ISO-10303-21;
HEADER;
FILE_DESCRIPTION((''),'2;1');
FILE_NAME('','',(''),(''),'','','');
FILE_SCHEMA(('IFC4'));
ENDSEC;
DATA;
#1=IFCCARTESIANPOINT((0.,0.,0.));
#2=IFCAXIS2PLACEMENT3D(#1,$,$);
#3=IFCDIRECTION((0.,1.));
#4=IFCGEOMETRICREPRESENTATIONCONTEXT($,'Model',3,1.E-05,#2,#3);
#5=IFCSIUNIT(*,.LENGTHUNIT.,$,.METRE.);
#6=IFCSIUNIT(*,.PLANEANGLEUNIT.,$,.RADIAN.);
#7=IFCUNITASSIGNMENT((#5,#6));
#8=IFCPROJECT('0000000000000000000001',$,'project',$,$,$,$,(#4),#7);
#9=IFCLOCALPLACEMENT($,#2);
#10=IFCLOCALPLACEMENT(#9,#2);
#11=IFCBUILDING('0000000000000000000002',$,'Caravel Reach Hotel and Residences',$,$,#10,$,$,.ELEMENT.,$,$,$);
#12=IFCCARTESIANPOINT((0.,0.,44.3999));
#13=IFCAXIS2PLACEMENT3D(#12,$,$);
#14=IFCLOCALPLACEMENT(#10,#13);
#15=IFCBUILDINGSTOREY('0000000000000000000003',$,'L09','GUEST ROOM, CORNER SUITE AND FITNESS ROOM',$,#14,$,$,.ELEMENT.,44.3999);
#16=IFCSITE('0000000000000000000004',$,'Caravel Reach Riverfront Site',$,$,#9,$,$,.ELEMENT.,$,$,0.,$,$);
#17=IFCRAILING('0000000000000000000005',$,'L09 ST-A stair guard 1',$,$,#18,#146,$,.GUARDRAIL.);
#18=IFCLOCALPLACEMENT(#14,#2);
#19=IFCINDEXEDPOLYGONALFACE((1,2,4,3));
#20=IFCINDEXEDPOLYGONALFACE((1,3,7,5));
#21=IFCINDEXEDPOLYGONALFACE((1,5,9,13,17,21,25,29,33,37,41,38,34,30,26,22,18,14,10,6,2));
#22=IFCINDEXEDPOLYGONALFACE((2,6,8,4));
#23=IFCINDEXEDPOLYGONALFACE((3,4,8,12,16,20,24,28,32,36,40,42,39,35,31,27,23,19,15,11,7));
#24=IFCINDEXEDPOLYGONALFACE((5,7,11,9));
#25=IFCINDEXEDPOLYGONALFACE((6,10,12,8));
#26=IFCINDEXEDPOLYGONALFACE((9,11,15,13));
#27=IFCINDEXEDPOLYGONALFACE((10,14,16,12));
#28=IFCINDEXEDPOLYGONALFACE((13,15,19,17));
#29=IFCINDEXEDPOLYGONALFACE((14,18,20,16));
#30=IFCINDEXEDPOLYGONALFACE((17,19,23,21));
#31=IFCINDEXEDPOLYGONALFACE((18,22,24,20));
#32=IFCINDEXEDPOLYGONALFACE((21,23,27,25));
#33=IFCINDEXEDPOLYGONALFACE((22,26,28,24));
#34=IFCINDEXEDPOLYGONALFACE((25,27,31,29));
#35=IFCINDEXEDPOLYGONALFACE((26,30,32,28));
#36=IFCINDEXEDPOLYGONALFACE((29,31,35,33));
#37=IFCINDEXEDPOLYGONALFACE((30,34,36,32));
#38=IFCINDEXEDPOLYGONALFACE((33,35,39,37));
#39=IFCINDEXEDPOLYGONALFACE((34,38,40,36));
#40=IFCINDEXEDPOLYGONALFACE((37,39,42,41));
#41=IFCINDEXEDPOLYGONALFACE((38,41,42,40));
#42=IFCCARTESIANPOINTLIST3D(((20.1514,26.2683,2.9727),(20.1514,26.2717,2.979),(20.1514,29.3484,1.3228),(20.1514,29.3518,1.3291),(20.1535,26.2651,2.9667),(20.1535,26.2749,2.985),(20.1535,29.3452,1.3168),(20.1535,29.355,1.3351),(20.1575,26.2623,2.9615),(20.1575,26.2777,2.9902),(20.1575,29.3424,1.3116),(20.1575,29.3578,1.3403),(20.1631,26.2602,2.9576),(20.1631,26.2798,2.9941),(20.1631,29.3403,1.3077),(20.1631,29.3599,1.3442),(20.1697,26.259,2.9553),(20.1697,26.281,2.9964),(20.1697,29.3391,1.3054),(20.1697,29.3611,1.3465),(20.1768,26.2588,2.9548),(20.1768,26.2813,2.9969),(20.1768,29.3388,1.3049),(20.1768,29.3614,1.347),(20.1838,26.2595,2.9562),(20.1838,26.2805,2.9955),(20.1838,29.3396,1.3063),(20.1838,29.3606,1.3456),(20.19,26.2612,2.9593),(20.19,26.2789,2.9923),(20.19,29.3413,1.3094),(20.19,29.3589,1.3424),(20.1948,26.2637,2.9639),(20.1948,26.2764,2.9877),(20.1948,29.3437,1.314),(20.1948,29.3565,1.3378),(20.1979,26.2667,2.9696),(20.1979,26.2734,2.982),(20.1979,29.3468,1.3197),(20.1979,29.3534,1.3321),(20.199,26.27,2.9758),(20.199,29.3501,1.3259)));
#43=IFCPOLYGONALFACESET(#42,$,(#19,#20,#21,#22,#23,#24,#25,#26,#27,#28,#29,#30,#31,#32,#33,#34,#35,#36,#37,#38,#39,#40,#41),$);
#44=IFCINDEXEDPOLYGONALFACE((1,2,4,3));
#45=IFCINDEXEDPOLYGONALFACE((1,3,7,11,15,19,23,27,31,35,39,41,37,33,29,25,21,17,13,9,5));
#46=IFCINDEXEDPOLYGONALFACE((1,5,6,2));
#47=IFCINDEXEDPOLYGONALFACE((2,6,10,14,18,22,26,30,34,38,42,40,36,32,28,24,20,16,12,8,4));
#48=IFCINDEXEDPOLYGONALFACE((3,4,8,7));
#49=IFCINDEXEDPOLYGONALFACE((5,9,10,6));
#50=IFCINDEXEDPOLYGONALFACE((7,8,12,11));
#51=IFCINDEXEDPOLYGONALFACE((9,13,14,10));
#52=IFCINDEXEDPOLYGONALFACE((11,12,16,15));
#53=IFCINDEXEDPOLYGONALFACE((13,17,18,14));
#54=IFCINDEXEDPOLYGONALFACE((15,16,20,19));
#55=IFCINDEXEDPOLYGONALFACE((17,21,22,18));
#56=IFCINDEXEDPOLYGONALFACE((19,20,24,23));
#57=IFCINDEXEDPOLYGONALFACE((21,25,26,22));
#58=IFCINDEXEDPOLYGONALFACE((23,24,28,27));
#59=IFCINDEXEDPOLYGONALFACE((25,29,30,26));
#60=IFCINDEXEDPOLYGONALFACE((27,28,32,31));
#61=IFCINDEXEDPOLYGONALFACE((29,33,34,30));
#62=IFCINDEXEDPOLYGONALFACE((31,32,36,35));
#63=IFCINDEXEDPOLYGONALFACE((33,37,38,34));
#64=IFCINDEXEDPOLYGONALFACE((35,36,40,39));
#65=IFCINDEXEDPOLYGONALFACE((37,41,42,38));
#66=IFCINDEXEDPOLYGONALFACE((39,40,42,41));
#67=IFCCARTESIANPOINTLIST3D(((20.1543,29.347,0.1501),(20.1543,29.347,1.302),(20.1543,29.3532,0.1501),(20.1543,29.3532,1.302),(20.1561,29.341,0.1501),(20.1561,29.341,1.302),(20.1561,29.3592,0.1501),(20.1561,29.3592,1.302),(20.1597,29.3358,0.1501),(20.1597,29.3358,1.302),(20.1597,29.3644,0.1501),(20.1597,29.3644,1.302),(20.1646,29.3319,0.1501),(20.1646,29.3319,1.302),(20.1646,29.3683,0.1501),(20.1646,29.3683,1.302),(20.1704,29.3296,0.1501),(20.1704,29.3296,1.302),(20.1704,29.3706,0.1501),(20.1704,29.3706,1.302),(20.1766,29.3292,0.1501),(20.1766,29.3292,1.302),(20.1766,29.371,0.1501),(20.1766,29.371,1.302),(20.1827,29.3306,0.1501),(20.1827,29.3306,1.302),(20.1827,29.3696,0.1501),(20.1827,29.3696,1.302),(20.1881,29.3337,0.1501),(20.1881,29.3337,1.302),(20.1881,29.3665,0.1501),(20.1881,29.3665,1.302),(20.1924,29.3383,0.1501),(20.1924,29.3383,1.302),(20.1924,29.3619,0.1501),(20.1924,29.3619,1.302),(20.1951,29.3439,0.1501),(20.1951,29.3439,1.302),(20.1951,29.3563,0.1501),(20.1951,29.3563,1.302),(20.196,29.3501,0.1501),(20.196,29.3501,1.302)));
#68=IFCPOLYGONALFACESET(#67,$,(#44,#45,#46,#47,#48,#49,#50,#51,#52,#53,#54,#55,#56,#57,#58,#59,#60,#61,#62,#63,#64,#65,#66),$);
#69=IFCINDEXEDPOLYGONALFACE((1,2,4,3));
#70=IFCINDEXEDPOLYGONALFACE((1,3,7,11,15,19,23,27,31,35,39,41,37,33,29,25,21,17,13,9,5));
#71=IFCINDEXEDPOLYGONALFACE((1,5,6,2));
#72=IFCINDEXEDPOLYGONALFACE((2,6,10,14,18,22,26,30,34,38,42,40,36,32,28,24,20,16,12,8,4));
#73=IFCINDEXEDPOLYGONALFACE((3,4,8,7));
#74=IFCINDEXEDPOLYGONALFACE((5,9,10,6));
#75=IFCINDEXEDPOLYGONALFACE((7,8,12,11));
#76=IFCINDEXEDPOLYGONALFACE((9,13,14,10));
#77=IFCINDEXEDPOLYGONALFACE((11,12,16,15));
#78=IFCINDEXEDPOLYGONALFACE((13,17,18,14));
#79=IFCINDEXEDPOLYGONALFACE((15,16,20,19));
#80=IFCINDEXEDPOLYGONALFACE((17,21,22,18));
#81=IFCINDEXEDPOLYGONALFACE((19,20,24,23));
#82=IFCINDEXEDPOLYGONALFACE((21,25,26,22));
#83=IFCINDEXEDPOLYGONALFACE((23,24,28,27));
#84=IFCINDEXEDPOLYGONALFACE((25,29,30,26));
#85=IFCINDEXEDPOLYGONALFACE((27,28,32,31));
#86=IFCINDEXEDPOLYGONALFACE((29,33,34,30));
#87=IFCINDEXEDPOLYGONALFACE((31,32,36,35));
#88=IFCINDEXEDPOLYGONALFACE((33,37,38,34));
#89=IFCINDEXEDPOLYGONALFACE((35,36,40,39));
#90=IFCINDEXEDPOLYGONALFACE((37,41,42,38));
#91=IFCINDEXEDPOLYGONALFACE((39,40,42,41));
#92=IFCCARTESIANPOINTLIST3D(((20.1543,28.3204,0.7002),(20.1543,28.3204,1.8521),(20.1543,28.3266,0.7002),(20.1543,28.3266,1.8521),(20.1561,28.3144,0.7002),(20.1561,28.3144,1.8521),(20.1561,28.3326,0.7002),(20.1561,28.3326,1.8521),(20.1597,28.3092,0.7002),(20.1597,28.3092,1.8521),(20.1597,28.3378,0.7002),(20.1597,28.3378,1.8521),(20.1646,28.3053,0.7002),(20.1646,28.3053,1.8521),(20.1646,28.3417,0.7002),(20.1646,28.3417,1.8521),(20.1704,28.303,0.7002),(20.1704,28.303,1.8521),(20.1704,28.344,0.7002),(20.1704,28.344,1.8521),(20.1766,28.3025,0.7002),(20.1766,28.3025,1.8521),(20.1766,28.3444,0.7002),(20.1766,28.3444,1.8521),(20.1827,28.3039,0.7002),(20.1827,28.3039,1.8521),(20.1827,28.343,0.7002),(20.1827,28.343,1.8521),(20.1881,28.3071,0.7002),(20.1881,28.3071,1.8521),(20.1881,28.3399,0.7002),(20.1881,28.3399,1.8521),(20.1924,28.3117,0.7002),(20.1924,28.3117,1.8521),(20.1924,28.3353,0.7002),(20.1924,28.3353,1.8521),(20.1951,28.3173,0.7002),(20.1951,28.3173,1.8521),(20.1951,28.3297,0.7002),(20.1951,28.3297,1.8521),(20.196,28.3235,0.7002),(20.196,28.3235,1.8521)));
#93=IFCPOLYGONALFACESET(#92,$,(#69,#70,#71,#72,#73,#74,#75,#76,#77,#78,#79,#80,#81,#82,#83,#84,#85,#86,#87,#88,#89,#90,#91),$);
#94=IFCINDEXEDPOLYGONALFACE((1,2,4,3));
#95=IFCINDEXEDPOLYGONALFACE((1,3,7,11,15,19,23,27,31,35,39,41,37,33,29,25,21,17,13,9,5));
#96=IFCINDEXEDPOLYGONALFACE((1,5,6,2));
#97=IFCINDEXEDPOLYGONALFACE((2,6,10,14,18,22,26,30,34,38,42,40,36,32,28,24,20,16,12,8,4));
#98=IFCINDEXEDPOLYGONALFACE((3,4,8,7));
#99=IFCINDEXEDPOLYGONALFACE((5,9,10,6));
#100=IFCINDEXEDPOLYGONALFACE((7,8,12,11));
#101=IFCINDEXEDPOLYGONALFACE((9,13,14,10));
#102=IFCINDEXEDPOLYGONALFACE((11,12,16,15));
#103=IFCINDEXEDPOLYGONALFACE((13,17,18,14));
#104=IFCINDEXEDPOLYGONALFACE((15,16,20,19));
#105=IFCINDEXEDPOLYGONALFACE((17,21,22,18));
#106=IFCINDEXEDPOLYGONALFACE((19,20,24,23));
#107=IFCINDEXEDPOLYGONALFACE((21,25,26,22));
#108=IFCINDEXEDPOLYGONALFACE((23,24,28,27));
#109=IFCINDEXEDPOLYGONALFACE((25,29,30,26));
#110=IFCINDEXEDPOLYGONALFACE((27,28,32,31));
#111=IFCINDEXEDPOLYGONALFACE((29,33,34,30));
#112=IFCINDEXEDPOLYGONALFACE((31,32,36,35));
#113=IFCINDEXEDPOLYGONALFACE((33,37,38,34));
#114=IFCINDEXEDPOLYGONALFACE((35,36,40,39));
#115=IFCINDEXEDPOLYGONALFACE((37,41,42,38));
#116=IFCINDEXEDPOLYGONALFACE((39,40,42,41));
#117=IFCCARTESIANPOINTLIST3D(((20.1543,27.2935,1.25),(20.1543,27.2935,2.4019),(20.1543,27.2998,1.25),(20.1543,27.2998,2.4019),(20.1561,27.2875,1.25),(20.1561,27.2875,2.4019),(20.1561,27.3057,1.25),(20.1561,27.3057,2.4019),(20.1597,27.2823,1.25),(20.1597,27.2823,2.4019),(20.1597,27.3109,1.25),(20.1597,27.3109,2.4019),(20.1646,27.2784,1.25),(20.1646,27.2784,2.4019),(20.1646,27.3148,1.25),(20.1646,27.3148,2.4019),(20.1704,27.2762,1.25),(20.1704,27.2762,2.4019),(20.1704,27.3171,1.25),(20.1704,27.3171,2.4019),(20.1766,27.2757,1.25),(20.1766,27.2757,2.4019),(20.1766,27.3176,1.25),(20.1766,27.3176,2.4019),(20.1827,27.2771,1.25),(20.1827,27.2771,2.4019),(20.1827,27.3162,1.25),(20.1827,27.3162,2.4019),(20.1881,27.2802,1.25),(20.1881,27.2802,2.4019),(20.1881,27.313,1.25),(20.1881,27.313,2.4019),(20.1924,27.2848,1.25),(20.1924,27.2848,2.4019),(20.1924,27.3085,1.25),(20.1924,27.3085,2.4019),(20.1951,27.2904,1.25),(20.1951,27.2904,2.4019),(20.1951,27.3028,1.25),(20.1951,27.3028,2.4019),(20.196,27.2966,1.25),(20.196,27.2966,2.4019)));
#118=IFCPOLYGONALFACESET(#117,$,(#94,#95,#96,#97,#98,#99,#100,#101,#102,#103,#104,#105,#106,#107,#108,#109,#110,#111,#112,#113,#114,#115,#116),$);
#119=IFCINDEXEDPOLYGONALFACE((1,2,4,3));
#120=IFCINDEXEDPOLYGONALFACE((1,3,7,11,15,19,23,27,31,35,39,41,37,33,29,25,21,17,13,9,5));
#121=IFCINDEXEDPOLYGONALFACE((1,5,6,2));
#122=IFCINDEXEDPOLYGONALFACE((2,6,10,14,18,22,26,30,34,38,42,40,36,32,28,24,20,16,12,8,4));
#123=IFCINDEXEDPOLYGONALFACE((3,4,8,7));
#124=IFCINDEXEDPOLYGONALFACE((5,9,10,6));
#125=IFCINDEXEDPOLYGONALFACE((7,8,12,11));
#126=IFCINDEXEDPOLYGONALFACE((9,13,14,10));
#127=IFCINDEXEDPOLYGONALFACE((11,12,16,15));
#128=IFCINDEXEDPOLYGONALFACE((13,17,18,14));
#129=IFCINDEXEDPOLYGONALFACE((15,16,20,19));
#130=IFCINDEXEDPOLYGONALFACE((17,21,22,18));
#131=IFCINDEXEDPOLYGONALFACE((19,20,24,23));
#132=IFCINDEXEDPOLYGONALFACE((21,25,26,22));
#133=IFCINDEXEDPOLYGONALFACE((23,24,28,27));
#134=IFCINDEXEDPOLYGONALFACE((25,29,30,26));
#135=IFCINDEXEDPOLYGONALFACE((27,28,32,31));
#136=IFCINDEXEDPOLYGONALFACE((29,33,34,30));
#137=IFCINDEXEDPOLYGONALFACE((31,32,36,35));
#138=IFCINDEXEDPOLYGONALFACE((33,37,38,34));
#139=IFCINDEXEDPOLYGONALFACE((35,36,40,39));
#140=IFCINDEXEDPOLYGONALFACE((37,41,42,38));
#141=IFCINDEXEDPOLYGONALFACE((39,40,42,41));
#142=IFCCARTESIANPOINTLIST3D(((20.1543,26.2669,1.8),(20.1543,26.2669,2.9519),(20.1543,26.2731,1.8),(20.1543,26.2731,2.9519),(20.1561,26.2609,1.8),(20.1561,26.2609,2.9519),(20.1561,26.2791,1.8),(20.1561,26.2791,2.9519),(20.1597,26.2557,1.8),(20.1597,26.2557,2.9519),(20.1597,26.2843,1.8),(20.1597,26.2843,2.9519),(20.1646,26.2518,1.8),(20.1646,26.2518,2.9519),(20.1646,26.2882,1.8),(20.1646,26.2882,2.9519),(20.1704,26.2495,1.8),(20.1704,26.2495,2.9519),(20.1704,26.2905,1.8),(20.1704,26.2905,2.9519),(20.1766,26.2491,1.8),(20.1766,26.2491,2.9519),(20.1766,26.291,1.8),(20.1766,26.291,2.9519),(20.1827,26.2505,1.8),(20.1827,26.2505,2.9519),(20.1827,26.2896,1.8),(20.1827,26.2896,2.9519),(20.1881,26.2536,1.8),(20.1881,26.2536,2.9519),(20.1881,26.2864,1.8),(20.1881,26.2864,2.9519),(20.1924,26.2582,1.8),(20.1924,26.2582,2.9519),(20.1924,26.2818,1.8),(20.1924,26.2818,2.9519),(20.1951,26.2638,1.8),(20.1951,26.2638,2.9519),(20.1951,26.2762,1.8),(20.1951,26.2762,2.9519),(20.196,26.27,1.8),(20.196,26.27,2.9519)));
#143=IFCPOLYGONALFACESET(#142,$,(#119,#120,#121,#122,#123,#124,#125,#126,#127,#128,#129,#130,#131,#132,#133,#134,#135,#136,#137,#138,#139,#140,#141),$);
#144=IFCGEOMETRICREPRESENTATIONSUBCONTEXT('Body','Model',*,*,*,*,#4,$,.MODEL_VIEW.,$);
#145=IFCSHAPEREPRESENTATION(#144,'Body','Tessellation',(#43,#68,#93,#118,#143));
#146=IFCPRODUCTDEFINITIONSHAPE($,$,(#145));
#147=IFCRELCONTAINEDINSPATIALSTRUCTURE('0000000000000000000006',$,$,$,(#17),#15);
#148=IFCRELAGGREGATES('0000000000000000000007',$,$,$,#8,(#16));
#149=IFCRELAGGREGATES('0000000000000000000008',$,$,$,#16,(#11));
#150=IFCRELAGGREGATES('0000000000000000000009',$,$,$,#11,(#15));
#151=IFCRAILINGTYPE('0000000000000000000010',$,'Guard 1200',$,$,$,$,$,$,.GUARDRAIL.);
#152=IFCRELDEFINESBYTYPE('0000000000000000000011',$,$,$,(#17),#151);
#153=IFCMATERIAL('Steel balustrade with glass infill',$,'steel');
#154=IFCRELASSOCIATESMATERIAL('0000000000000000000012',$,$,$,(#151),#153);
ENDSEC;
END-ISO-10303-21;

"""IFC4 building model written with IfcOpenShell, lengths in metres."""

from ifc_helpers import new_model, si_unit, direction, frame, origin, origin_2d, place, context, subcontext, project, spatial, circle, extrude, material, type_object, element, save


model = new_model("IFC4")

# Units and contexts
model_context = context("Model", 3, precision=1e-05, world=origin(), true_north=direction((0.0, 1.0)))
body_context = subcontext(model_context, "Body", "Model", "MODEL_VIEW")
ifc_project = project(units=[si_unit("LENGTHUNIT", "METRE"), si_unit("PLANEANGLEUNIT", "RADIAN")], contexts=[model_context])

# Site, building, storey
site_placement = place(None, origin())
site = spatial("IfcSite", under=ifc_project, at=site_placement, Name="Caravel Reach Riverfront Site", CompositionType="ELEMENT", RefElevation=0.0)
building_placement = place(site_placement, origin())
building = spatial("IfcBuilding", under=site, at=building_placement, Name="Caravel Reach Hotel and Residences", CompositionType="ELEMENT")
storey_placement = place(building_placement, frame((0.0, 0.0, 44.3999)))
storey = spatial("IfcBuildingStorey", under=building, at=storey_placement, Name="L09", Description="GUEST ROOM, CORNER SUITE AND FITNESS ROOM", CompositionType="ELEMENT", Elevation=44.3999)

# Railing
ifc_material_1 = material(Name="Steel balustrade with glass infill", Category="steel")
railing_type_1 = type_object("IfcRailingType", Name="Guard 1200", PredefinedType="GUARDRAIL", material=ifc_material_1)
railing_1_placement = place(storey_placement, frame((20.175, 29.3501, 0.1501)))
element("IfcRailing", 1, at=railing_1_placement, inside=storey, type_object=railing_type_1, Name="L09 ST-A stair guard 1", PredefinedType="GUARDRAIL", context=body_context, shape_type="SweptSolid", body=[
    extrude(circle(Radius=0.0239, at=origin_2d()), frame((0.0, 0.0, 1.1758), z_axis=(0.0, -0.881497, 0.47219), x_axis=(1.0, 0.0, 0.0)), (0.0, 0.0, 1.0), 3.4941),
    extrude(circle(Radius=0.021, at=origin_2d()), origin(), (0.0, 0.0, 1.0), 1.1519),
    extrude(circle(Radius=0.021, at=origin_2d()), frame((0.0, -1.0266, 0.55)), (0.0, 0.0, 1.0), 1.1519),
    extrude(circle(Radius=0.021, at=origin_2d()), frame((0.0, -2.0535, 1.0999)), (0.0, 0.0, 1.0), 1.1519),
    extrude(circle(Radius=0.021, at=origin_2d()), frame((0.0, -3.0801, 1.6499)), (0.0, 0.0, 1.0), 1.1519),
])

save(model, "model.ifc")
